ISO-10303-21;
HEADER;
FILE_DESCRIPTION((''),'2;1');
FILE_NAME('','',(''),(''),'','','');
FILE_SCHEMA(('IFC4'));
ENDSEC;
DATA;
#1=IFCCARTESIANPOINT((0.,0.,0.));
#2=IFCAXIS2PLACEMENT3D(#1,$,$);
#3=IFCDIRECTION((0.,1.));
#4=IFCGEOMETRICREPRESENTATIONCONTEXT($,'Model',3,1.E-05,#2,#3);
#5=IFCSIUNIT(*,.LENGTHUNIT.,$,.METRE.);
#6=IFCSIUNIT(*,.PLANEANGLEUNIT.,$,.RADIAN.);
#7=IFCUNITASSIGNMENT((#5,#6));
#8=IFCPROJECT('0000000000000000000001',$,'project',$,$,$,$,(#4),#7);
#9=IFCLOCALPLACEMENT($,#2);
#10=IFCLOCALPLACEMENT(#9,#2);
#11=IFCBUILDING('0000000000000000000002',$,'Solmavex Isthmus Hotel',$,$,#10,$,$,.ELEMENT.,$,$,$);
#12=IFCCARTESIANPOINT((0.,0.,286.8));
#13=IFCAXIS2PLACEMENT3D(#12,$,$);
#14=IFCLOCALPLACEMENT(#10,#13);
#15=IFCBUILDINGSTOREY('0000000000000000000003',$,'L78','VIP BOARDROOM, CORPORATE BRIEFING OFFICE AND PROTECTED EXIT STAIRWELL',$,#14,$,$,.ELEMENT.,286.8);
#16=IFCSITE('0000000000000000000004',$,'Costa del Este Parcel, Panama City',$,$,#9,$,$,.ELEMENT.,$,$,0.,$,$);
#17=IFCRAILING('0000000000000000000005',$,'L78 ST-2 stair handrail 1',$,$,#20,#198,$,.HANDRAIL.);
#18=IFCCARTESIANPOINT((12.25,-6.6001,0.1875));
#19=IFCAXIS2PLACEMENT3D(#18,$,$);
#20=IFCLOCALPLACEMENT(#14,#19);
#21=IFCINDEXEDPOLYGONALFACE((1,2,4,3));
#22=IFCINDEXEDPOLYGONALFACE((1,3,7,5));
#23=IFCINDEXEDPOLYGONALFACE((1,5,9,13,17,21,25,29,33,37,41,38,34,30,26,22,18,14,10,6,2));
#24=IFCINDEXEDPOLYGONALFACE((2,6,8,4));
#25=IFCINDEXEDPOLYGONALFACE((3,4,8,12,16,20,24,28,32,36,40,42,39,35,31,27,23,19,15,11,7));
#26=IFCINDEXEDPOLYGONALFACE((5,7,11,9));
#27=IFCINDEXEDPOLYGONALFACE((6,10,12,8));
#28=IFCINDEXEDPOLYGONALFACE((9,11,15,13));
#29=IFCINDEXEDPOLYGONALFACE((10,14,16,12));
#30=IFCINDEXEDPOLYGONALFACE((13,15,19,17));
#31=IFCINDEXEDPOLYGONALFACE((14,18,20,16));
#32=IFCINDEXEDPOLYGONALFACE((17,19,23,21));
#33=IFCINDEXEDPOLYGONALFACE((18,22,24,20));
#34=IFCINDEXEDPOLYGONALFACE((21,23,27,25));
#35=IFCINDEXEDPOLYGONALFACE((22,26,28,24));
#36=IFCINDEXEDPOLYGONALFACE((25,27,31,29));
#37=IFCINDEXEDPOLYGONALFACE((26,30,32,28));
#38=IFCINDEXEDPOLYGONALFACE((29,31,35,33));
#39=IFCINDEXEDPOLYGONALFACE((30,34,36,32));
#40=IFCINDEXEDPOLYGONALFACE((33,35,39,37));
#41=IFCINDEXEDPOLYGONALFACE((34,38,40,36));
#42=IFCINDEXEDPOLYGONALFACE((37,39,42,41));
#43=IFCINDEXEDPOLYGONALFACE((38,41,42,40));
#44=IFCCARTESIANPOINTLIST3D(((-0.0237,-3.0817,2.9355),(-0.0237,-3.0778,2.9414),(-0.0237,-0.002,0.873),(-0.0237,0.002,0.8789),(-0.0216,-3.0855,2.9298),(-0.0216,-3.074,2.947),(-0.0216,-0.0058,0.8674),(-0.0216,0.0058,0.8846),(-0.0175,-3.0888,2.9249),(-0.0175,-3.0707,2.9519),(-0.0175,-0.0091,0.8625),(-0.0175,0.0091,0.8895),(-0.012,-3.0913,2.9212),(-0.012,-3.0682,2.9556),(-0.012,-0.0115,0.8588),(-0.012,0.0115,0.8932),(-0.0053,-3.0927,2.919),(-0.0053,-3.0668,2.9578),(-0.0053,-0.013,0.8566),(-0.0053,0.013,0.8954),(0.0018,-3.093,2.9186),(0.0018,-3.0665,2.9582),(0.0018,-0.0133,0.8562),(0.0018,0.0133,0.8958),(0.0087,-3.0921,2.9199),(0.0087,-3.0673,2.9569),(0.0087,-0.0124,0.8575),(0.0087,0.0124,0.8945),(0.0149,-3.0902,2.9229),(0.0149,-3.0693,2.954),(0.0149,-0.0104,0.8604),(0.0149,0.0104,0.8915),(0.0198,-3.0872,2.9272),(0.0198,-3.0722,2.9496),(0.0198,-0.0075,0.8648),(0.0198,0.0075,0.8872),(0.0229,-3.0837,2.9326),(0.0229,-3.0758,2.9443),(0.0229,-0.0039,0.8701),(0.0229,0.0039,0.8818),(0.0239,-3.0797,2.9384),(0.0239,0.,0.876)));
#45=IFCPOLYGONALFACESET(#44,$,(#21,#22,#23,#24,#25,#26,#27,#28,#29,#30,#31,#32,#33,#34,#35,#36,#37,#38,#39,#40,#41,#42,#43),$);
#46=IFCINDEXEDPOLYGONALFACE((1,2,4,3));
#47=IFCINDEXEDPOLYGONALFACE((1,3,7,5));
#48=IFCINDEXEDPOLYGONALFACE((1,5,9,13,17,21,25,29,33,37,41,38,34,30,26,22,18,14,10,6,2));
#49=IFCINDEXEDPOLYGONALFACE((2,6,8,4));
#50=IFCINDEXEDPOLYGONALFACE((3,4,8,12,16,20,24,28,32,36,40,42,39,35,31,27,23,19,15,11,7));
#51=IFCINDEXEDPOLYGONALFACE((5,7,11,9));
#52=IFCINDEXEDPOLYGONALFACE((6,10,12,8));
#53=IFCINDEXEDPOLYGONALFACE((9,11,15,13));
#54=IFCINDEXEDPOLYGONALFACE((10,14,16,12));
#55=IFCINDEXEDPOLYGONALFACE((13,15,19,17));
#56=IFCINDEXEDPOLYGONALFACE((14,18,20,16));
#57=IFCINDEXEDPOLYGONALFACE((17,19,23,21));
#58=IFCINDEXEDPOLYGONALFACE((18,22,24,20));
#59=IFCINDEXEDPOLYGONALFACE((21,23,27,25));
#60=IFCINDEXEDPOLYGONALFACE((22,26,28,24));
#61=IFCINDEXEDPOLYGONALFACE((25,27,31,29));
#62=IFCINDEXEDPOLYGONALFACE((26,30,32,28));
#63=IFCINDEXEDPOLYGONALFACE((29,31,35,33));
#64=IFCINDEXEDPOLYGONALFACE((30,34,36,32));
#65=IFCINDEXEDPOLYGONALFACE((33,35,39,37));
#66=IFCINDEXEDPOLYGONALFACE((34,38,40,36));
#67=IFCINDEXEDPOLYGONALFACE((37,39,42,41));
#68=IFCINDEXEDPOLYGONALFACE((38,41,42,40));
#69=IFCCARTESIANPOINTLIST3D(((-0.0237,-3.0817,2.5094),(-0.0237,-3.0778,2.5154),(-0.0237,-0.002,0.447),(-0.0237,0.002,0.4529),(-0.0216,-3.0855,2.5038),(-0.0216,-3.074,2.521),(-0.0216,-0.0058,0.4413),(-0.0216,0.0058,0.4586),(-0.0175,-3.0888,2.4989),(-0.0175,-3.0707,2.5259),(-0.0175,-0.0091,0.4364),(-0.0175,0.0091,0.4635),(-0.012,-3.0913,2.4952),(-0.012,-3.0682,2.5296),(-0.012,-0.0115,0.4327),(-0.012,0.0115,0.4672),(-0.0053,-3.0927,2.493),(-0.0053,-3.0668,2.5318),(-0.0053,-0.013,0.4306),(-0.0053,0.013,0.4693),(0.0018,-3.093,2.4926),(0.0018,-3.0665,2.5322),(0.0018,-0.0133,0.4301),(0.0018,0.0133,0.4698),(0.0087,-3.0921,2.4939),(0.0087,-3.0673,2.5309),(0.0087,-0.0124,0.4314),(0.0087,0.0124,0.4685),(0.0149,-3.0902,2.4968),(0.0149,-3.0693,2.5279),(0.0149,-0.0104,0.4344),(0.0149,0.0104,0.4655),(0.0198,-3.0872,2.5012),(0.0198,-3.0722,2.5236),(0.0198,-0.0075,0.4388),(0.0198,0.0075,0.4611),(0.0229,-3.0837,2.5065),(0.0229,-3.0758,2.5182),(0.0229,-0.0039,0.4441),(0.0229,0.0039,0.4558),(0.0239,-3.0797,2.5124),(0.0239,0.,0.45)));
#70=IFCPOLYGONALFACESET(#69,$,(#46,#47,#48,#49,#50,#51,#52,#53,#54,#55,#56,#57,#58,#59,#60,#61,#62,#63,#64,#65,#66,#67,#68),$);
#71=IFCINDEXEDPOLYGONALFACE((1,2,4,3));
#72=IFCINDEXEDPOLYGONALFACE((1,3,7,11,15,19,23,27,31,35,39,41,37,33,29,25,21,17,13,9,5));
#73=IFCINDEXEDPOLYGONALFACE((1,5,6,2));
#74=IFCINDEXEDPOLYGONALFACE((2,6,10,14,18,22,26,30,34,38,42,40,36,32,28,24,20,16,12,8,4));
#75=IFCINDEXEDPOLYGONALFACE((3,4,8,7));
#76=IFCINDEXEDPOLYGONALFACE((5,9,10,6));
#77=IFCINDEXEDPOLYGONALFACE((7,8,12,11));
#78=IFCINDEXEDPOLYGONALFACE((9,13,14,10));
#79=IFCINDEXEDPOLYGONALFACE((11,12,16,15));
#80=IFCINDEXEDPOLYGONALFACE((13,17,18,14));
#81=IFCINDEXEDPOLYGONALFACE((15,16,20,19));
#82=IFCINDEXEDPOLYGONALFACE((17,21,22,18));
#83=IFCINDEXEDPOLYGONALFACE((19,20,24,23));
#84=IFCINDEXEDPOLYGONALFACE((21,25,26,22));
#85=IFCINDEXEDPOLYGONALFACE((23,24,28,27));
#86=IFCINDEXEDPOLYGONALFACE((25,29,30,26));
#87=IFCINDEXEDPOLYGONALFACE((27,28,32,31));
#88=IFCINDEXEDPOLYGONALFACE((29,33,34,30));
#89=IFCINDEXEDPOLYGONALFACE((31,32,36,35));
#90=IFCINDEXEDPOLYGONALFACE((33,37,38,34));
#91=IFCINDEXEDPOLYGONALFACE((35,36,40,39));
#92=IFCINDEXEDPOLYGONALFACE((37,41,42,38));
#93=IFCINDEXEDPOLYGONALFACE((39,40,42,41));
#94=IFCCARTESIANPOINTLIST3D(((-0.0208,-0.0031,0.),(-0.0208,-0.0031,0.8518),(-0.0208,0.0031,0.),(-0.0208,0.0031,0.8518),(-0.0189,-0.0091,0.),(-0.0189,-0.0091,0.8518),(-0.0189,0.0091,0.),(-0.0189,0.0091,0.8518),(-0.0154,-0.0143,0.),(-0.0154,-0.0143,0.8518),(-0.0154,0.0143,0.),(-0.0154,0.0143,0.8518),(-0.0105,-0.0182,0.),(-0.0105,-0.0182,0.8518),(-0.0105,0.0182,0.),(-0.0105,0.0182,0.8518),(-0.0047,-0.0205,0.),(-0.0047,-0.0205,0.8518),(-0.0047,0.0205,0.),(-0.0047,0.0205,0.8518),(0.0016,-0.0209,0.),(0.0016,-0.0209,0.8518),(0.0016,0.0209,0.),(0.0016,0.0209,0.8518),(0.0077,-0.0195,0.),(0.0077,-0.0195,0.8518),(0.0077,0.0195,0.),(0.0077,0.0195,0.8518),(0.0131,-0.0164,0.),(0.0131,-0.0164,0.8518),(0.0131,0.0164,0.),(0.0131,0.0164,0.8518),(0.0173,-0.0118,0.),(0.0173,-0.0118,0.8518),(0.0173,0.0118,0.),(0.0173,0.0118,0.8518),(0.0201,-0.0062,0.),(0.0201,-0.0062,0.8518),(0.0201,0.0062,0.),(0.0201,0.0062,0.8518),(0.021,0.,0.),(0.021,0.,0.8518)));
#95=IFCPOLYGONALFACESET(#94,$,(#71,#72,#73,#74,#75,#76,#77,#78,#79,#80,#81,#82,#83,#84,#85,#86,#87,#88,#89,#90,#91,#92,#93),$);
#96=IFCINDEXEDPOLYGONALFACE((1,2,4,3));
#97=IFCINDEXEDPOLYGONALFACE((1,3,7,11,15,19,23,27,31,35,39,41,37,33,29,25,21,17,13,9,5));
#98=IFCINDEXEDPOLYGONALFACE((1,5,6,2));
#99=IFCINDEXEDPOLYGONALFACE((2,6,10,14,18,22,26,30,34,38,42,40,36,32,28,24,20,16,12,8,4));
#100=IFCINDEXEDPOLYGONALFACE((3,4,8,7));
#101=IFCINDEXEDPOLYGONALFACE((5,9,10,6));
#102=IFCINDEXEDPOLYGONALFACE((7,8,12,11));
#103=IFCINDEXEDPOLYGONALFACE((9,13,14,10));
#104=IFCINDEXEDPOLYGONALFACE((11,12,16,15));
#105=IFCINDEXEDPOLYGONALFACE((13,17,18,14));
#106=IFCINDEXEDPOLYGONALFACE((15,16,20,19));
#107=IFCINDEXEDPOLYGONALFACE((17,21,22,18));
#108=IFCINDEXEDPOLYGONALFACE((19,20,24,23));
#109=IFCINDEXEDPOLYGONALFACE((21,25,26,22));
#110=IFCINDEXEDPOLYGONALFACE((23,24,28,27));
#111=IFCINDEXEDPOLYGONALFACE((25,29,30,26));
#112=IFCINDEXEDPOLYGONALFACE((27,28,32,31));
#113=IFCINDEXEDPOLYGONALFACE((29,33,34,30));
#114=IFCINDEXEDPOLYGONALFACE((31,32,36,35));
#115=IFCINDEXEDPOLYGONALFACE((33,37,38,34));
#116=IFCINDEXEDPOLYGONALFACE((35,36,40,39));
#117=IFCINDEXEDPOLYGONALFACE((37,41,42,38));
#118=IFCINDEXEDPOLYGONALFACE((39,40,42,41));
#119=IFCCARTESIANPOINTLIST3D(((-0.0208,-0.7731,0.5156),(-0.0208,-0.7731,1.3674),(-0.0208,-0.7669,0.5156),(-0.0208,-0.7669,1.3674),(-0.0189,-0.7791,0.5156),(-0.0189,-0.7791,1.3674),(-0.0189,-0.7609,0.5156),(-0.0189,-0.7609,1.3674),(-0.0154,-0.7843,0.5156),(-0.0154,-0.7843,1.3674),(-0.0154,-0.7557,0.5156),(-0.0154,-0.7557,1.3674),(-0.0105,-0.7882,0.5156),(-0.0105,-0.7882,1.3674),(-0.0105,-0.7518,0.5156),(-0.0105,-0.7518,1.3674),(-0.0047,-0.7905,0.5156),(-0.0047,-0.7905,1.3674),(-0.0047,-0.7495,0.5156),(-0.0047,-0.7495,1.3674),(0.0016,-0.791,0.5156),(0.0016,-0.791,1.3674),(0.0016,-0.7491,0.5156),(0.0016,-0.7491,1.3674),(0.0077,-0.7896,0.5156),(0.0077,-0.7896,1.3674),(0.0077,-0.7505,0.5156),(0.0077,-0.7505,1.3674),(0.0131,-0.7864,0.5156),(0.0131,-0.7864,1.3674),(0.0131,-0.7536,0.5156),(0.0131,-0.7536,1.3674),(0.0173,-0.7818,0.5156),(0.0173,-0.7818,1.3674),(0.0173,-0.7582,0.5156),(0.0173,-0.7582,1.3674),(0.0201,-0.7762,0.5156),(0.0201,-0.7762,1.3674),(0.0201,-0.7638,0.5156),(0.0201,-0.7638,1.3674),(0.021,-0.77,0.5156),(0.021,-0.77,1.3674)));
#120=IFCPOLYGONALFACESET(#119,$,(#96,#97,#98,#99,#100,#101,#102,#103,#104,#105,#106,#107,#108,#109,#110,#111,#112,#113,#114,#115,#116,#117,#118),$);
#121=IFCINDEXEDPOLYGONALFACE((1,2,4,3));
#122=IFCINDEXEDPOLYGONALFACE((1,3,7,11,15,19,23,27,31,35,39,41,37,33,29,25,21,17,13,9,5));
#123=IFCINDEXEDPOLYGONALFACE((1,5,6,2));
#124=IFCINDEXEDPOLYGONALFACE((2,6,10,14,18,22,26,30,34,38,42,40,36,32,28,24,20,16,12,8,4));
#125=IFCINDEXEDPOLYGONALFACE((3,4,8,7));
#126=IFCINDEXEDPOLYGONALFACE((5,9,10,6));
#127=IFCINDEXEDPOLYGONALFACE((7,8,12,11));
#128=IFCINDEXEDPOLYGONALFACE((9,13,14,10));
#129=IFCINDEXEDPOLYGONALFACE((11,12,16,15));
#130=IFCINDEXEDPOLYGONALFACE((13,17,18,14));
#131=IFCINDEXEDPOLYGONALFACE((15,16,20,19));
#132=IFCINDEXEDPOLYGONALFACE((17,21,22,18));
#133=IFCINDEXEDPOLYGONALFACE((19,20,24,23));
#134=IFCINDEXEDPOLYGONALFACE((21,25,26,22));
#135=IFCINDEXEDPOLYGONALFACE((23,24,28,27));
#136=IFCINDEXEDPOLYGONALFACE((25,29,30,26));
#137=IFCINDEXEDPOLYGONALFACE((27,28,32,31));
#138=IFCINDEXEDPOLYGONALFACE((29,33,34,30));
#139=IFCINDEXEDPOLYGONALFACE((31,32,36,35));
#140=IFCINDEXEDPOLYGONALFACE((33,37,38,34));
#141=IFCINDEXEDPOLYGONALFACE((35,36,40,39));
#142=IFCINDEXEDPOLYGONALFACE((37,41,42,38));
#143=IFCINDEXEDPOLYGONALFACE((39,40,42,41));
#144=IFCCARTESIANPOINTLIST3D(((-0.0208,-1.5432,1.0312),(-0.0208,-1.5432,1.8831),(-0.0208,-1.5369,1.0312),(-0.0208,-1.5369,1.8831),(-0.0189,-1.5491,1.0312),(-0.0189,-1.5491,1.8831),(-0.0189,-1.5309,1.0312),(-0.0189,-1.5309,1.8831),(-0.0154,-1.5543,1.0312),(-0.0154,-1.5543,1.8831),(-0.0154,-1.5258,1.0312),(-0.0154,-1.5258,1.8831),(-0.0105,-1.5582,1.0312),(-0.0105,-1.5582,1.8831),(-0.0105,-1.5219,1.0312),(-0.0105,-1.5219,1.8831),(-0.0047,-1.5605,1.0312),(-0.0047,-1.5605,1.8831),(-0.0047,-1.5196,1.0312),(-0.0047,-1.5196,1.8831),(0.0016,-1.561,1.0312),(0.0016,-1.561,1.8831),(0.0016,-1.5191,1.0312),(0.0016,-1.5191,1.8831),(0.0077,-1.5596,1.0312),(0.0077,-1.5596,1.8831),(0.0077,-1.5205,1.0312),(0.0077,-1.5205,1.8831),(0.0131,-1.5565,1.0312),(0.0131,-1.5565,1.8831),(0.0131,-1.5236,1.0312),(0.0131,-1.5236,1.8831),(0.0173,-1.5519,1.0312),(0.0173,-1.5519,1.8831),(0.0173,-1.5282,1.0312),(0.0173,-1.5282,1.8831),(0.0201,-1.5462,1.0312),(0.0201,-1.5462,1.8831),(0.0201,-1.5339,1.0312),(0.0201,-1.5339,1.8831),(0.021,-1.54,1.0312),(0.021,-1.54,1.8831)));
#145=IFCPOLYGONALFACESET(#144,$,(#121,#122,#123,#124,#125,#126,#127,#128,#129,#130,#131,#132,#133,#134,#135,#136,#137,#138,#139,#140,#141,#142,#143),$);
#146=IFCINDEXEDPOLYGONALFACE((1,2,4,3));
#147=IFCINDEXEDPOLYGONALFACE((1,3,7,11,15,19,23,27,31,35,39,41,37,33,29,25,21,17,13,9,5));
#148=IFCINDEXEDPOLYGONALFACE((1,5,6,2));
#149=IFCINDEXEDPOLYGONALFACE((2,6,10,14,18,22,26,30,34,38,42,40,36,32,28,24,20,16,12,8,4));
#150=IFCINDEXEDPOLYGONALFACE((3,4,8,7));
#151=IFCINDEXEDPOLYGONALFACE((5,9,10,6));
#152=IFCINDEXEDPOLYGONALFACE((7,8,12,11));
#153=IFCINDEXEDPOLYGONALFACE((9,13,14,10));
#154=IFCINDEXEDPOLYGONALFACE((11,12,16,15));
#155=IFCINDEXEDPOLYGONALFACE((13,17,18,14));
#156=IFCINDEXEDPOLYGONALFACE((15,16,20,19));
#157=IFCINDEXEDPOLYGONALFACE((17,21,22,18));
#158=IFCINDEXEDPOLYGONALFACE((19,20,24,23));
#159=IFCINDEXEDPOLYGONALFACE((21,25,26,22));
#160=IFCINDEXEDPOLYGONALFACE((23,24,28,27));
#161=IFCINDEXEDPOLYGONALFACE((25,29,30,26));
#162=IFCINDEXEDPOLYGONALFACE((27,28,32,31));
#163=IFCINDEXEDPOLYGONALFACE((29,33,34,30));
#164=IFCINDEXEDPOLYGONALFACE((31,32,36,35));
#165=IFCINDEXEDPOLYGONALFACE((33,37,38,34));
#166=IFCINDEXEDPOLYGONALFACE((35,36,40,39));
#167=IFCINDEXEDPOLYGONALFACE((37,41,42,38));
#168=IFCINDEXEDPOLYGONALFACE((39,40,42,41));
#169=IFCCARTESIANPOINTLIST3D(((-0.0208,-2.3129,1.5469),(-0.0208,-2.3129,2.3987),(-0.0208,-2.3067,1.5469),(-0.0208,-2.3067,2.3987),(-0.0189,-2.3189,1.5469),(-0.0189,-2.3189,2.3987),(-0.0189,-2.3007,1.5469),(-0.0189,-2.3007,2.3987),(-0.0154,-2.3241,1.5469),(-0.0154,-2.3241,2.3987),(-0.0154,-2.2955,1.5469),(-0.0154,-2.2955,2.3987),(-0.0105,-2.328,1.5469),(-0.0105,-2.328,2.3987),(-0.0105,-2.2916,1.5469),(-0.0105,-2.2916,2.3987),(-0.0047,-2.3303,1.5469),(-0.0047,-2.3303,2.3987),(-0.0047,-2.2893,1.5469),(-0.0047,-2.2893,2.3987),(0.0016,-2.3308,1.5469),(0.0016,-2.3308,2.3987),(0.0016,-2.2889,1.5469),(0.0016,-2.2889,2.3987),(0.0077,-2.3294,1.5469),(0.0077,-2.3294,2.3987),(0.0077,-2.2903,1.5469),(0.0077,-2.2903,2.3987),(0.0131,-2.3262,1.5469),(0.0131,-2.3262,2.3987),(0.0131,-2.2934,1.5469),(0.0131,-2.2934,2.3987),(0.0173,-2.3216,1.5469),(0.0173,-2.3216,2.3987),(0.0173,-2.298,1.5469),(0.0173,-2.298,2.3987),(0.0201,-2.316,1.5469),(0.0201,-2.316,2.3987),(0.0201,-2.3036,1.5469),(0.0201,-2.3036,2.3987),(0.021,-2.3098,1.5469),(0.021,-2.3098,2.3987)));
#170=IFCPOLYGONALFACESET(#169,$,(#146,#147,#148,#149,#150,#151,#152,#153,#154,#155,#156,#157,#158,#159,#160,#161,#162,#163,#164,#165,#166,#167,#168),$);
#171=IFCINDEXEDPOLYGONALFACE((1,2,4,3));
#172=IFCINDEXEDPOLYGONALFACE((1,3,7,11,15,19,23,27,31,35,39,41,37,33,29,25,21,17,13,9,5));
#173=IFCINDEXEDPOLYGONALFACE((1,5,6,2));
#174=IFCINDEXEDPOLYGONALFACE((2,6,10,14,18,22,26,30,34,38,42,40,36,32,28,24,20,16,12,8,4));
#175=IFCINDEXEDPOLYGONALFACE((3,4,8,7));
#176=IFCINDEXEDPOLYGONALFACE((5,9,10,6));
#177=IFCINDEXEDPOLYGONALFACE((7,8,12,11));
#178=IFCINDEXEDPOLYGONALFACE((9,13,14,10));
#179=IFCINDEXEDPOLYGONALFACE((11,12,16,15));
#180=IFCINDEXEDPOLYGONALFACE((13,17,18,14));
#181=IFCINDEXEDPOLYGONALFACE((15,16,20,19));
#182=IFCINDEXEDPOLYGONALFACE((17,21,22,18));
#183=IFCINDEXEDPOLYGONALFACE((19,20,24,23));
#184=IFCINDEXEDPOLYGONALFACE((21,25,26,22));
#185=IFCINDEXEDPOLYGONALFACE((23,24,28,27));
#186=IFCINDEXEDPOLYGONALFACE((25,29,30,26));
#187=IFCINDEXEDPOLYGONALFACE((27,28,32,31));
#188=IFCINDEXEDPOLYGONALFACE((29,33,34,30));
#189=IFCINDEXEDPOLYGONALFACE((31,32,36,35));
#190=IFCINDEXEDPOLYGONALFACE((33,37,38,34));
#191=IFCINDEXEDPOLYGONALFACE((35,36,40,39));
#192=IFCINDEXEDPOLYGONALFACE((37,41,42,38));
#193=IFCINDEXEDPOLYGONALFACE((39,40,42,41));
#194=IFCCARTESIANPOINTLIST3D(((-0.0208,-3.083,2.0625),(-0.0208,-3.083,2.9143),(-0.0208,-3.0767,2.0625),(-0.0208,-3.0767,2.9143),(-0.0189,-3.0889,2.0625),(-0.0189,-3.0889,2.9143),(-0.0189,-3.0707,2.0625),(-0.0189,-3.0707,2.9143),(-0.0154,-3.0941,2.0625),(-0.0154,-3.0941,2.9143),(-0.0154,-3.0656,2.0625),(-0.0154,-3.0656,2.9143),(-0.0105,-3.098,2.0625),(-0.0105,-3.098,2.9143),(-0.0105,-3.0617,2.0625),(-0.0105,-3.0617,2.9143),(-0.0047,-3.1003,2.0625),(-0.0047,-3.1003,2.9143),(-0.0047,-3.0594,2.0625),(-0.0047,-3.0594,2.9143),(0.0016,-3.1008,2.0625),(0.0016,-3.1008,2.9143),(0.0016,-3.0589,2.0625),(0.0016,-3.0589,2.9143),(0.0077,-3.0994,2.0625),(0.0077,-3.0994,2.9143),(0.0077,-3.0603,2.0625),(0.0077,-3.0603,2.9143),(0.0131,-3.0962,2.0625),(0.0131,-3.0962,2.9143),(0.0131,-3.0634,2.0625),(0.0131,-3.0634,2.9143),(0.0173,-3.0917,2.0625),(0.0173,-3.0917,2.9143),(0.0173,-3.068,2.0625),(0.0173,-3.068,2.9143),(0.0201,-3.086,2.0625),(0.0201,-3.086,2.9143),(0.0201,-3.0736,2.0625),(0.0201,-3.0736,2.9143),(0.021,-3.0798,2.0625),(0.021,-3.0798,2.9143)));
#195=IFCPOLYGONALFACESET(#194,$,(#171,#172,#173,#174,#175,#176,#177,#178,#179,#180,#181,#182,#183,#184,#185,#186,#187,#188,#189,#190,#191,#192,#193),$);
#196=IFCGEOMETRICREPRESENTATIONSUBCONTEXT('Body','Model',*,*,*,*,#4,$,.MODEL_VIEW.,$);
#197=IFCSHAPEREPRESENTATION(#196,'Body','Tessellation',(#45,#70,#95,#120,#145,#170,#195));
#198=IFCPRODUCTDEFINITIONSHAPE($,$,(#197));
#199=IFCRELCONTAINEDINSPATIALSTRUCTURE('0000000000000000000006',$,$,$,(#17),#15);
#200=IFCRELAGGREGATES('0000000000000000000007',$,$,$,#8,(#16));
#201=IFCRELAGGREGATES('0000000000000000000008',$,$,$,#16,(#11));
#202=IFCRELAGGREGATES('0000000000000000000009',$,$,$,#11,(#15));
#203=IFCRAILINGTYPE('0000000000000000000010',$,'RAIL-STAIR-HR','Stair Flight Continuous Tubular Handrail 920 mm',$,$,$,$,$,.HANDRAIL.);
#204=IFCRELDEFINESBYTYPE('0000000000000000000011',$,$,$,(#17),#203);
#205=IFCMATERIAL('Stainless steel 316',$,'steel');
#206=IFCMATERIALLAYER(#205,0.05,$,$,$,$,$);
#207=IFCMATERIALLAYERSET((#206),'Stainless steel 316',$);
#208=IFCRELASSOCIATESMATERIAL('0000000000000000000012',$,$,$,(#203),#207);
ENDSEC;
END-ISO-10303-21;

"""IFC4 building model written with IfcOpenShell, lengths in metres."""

from ifc_helpers import new_model, si_unit, direction, frame, origin, origin_2d, place, context, subcontext, project, spatial, circle, extrude, material, layer, layer_set, type_object, element, save


model = new_model("IFC4")

# Units and contexts
model_context = context("Model", 3, precision=1e-05, world=origin(), true_north=direction((0.0, 1.0)))
body_context = subcontext(model_context, "Body", "Model", "MODEL_VIEW")
ifc_project = project(units=[si_unit("LENGTHUNIT", "METRE"), si_unit("PLANEANGLEUNIT", "RADIAN")], contexts=[model_context])

# Site, building, storey
site_placement = place(None, origin())
site = spatial("IfcSite", under=ifc_project, at=site_placement, Name="Costa del Este Parcel, Panama City", CompositionType="ELEMENT", RefElevation=0.0)
building_placement = place(site_placement, origin())
building = spatial("IfcBuilding", under=site, at=building_placement, Name="Solmavex Isthmus Hotel", CompositionType="ELEMENT")
storey_placement = place(building_placement, frame((0.0, 0.0, 286.8)))
storey = spatial("IfcBuildingStorey", under=building, at=storey_placement, Name="L78", Description="VIP BOARDROOM, CORPORATE BRIEFING OFFICE AND PROTECTED EXIT STAIRWELL", CompositionType="ELEMENT", Elevation=286.8)

# Railing
ifc_material_1 = material(Name="Stainless steel 316", Category="steel")
ifc_layer_1 = layer(ifc_material_1, 0.05)
ifc_layer_set_1 = layer_set([ifc_layer_1], Name="Stainless steel 316")
railing_type_1 = type_object("IfcRailingType", Name="RAIL-STAIR-HR", Description="Stair Flight Continuous Tubular Handrail 920 mm", PredefinedType="HANDRAIL", material=ifc_layer_set_1)
railing_1_placement = place(storey_placement, frame((12.25, -6.6001, 0.1875)))
element("IfcRailing", 1, at=railing_1_placement, inside=storey, type_object=railing_type_1, Name="L78 ST-2 stair handrail 1", PredefinedType="HANDRAIL", context=body_context, shape_type="SweptSolid", body=[
    extrude(circle(Radius=0.0239, at=origin_2d()), frame((0.0, 0.0, 0.876), z_axis=(0.0, -0.830893, 0.556432), x_axis=(1.0, 0.0, 0.0)), (0.0, 0.0, 1.0), 3.7065),
    extrude(circle(Radius=0.0239, at=origin_2d()), frame((0.0, 0.0, 0.45), z_axis=(0.0, -0.830893, 0.556432), x_axis=(1.0, 0.0, 0.0)), (0.0, 0.0, 1.0), 3.7065),
    extrude(circle(Radius=0.021, at=origin_2d()), origin(), (0.0, 0.0, 1.0), 0.8518),
    extrude(circle(Radius=0.021, at=origin_2d()), frame((0.0, -0.77, 0.5156)), (0.0, 0.0, 1.0), 0.8518),
    extrude(circle(Radius=0.021, at=origin_2d()), frame((0.0, -1.54, 1.0312)), (0.0, 0.0, 1.0), 0.8518),
    extrude(circle(Radius=0.021, at=origin_2d()), frame((0.0, -2.3098, 1.5469)), (0.0, 0.0, 1.0), 0.8518),
    extrude(circle(Radius=0.021, at=origin_2d()), frame((0.0, -3.0798, 2.0625)), (0.0, 0.0, 1.0), 0.8518),
])

save(model, "model.ifc")
